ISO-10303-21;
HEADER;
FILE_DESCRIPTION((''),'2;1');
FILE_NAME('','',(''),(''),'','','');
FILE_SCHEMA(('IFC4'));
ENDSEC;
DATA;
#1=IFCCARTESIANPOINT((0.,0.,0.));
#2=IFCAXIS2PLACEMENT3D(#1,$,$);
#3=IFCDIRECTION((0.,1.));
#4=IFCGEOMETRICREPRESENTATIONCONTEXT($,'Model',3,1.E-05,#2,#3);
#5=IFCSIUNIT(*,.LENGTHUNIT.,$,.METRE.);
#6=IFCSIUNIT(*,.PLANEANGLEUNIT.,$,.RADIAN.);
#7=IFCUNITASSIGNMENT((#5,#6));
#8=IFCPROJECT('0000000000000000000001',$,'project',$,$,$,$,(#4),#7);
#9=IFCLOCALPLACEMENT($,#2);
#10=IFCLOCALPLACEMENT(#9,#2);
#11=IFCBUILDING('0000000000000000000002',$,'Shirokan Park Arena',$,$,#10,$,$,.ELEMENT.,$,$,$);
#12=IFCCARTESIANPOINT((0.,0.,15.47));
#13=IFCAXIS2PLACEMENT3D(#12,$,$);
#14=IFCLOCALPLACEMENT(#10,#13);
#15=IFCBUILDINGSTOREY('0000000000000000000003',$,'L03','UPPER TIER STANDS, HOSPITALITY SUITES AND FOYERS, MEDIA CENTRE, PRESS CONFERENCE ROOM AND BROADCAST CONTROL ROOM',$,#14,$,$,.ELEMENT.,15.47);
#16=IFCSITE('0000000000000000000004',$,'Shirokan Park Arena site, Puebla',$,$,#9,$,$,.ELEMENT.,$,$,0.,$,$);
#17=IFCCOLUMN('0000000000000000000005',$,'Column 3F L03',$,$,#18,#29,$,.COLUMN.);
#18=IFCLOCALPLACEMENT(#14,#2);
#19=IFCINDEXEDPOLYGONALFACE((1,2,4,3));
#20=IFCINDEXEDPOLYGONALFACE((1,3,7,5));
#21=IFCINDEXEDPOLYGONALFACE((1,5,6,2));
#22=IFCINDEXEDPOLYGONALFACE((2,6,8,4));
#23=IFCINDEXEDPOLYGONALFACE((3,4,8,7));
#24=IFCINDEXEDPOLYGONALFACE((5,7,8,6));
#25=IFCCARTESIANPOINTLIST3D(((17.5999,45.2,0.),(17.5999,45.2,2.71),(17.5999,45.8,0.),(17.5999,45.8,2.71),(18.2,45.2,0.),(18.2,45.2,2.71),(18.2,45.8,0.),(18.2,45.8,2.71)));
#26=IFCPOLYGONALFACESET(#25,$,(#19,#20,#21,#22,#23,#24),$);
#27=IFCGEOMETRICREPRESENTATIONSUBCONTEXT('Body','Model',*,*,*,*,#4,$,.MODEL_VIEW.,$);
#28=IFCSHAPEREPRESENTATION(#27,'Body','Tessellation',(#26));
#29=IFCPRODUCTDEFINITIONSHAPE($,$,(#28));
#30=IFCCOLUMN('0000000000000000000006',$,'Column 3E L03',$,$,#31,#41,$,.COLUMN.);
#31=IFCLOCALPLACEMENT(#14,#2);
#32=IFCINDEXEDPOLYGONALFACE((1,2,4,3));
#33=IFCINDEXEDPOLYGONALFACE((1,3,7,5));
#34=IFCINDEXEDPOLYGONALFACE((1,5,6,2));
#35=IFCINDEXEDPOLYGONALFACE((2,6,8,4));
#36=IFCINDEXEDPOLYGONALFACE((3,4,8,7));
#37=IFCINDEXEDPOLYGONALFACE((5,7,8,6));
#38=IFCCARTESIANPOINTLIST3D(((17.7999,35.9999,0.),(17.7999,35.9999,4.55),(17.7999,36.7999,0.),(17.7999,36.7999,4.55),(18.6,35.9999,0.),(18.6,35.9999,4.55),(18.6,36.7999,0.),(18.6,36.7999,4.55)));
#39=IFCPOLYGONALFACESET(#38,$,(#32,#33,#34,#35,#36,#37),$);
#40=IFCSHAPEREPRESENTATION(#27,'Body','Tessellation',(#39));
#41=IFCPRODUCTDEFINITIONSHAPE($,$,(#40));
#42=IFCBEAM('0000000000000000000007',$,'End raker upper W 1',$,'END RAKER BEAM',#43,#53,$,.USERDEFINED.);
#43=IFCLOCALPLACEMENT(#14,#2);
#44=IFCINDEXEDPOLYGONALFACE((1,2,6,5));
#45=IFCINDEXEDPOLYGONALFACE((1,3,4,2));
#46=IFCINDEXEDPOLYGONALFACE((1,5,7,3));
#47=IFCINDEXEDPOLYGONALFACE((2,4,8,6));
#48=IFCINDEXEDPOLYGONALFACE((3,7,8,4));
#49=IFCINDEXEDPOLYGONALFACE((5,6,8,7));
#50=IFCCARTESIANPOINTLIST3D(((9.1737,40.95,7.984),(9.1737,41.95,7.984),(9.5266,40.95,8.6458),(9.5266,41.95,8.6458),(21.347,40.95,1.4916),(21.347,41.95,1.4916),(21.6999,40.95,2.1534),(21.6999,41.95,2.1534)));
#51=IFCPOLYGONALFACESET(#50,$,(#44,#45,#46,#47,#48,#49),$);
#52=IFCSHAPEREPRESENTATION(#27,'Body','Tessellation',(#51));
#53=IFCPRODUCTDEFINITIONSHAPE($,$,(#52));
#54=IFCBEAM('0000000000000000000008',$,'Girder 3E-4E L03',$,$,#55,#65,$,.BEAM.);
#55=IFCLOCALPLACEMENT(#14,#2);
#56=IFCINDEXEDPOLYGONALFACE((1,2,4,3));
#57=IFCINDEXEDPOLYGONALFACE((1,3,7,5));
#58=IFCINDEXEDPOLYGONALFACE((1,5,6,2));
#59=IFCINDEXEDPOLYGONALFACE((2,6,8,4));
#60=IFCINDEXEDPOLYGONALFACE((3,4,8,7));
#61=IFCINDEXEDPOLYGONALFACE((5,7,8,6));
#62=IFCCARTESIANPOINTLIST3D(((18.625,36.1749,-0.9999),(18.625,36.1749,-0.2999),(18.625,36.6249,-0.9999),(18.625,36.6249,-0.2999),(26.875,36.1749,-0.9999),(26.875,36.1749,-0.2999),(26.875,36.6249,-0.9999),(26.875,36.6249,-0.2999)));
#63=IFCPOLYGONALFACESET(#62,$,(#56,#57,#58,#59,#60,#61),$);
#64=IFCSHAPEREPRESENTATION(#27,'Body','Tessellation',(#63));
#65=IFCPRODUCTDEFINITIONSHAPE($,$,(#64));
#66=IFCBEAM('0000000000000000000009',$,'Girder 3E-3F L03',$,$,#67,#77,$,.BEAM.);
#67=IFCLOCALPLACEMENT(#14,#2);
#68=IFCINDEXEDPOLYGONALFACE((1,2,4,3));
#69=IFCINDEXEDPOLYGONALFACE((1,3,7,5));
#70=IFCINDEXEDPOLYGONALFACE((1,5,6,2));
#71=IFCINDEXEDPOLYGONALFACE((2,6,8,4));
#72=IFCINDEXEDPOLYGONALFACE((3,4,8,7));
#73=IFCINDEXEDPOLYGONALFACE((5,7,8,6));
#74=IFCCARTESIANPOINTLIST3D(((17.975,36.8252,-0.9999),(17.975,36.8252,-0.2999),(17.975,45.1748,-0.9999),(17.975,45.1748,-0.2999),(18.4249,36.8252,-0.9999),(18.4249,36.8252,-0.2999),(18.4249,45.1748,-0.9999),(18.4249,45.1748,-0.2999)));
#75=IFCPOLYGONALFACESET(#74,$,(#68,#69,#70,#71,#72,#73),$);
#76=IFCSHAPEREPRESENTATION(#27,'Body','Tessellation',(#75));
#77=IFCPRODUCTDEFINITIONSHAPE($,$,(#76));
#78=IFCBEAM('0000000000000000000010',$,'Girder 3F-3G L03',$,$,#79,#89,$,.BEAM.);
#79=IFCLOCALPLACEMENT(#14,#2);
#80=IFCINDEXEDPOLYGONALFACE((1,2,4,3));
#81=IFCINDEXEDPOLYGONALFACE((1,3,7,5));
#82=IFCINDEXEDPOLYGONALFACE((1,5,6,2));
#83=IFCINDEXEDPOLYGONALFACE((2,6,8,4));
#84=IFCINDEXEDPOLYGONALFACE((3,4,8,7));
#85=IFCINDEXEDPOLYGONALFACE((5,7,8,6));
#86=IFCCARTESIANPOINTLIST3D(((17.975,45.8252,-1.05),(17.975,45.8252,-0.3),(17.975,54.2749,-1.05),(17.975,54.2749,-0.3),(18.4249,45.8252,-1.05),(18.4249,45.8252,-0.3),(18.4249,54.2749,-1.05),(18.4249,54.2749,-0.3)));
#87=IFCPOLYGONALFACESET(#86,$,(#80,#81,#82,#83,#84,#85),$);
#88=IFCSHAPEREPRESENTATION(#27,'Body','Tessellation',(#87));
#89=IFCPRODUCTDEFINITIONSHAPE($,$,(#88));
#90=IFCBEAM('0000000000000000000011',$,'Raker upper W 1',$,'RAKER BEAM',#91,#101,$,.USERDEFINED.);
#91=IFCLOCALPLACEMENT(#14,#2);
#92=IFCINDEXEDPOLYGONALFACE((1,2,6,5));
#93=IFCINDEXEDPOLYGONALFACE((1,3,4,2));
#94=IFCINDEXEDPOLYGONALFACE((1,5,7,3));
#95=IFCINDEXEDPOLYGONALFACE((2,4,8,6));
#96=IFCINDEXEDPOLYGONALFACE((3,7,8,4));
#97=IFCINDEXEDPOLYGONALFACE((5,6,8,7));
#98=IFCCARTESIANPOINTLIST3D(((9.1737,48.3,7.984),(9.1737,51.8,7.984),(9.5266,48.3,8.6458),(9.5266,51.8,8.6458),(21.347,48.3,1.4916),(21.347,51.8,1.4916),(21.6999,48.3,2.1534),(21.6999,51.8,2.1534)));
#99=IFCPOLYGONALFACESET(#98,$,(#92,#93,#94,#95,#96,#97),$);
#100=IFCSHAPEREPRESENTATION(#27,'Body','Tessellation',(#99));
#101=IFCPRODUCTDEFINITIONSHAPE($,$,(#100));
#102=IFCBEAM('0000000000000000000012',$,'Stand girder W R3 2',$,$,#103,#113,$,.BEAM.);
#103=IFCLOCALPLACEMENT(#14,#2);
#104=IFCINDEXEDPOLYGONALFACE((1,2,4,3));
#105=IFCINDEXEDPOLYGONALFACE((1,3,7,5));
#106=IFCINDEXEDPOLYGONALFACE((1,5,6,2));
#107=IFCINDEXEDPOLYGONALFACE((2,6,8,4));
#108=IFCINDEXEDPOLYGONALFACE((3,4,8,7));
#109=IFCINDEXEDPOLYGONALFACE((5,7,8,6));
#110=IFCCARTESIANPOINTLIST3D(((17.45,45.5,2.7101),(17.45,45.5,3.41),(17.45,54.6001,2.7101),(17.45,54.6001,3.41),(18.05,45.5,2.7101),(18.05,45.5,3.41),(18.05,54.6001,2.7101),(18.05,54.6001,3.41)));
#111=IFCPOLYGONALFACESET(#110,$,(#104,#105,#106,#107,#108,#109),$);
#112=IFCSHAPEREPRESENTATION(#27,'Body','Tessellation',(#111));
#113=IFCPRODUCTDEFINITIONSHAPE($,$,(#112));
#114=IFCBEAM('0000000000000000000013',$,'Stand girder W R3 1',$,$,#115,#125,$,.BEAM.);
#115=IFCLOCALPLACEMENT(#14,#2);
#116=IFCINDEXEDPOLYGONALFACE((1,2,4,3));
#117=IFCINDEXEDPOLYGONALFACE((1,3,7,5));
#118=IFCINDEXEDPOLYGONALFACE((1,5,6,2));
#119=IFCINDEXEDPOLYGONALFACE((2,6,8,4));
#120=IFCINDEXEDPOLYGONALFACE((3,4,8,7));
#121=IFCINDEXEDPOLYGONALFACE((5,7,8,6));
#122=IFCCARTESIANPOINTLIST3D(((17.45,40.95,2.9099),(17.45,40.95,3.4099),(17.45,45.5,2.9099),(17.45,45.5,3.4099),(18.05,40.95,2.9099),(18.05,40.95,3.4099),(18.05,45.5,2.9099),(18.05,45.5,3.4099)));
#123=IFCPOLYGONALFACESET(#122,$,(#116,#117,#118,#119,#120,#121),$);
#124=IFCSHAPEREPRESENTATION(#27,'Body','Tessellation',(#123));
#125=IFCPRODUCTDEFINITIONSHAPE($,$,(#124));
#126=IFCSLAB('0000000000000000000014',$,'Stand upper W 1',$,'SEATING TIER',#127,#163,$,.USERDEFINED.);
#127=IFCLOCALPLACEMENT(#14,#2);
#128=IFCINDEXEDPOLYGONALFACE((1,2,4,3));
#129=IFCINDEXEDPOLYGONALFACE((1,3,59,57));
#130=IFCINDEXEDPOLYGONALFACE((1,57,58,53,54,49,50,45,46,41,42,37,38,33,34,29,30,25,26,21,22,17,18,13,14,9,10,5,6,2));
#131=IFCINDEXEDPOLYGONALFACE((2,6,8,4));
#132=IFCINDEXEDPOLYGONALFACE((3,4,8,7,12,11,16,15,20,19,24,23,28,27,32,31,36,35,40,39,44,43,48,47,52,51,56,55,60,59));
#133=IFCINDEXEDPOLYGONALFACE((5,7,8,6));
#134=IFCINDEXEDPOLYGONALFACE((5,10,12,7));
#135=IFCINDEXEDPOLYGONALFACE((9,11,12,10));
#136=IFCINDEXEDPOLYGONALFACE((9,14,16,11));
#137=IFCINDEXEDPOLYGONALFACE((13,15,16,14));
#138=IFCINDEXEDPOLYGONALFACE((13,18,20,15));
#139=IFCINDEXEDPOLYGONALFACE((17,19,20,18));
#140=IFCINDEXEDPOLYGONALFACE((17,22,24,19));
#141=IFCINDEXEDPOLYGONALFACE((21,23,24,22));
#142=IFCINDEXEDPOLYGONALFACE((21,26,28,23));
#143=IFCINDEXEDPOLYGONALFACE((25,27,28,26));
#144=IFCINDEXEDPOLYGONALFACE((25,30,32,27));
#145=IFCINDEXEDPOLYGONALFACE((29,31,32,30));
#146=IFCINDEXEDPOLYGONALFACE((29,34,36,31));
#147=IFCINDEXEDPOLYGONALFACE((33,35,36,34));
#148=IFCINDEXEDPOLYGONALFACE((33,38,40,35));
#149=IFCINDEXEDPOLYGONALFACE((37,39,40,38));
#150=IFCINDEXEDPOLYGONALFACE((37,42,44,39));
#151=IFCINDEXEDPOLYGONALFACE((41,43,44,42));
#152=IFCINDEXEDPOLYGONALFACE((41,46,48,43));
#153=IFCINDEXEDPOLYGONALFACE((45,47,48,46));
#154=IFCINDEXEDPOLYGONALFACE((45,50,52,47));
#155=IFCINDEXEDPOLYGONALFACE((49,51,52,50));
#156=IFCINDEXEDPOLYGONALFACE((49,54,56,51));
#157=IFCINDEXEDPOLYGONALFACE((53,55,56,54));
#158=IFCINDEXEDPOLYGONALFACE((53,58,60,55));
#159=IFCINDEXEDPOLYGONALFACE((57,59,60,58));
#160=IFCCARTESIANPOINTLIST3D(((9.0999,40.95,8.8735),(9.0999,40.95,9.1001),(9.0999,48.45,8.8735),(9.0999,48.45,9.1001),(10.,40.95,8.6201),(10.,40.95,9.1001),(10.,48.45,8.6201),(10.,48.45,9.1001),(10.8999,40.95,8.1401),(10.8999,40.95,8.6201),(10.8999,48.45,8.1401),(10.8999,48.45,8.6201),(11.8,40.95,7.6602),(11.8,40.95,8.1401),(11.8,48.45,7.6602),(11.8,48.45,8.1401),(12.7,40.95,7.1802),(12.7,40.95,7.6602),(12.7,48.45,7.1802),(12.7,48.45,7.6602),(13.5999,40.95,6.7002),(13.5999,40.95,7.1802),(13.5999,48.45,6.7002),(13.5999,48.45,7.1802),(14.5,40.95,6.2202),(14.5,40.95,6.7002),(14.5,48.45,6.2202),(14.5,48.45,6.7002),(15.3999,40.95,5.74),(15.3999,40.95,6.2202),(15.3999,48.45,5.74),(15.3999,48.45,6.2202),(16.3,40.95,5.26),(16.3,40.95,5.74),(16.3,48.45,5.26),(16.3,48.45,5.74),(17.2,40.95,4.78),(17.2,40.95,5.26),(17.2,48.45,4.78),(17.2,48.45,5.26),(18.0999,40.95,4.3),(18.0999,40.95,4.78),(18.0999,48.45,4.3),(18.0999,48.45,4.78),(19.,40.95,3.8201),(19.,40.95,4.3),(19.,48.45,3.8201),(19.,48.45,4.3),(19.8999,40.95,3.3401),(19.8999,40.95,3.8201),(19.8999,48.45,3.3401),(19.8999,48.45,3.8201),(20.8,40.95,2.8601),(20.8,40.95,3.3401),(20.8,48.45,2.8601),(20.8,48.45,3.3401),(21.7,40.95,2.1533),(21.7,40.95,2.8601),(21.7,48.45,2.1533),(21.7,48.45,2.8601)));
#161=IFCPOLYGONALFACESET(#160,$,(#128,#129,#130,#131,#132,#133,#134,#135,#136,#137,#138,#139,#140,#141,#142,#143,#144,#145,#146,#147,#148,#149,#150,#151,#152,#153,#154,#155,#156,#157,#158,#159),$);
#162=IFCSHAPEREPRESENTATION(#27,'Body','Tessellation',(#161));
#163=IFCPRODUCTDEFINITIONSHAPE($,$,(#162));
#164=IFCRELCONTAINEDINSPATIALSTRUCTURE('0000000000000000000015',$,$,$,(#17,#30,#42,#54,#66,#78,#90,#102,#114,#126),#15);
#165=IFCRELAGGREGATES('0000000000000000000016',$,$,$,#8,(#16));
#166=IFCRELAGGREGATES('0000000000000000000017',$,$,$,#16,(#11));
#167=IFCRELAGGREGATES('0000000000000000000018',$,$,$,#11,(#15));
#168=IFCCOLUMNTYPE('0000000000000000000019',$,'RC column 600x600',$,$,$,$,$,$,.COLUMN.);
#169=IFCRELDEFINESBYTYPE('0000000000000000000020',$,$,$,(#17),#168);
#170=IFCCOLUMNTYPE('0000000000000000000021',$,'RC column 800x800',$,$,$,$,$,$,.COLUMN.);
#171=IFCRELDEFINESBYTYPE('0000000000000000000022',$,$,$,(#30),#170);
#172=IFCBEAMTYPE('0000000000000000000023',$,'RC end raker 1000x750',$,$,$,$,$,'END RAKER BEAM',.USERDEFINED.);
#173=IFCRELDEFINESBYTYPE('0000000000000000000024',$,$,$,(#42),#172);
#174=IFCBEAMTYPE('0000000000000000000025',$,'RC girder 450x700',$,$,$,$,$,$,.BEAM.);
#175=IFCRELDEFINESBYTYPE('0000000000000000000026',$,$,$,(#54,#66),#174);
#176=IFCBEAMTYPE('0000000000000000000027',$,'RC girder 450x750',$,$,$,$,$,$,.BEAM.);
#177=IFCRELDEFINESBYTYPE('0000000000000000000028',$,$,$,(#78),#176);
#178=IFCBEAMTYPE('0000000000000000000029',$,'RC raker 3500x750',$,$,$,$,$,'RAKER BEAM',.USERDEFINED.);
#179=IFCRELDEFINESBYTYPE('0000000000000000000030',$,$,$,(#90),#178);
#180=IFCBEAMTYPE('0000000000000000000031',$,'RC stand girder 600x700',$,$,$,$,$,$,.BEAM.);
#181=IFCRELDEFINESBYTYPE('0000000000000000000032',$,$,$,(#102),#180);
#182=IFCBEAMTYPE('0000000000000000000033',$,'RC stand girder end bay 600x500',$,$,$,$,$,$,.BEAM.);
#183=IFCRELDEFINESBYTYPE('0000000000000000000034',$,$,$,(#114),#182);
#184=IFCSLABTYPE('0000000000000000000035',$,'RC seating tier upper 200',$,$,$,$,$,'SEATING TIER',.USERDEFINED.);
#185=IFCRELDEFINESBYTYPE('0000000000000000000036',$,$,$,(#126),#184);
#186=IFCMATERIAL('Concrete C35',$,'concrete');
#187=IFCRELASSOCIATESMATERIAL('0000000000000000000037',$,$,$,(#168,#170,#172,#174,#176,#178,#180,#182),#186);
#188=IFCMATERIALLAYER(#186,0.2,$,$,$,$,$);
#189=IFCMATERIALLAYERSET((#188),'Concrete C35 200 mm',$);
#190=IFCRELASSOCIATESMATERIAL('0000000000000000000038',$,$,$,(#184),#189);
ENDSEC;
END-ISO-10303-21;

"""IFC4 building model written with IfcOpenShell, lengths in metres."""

from ifc_helpers import new_model, si_unit, direction, frame, origin, origin_2d, place, context, subcontext, project, spatial, polyline, rectangle, outline, extrude, material, layer, layer_set, material_profile, profile_set, type_object, element, save


model = new_model("IFC4")

# Units and contexts
model_context = context("Model", 3, precision=1e-05, world=origin(), true_north=direction((0.0, 1.0)))
body_context = subcontext(model_context, "Body", "Model", "MODEL_VIEW")
ifc_project = project(units=[si_unit("LENGTHUNIT", "METRE"), si_unit("PLANEANGLEUNIT", "RADIAN")], contexts=[model_context])

# Site, building, storey
site_placement = place(None, origin())
site = spatial("IfcSite", under=ifc_project, at=site_placement, Name="Shirokan Park Arena site, Puebla", CompositionType="ELEMENT", RefElevation=0.0)
building_placement = place(site_placement, origin())
building = spatial("IfcBuilding", under=site, at=building_placement, Name="Shirokan Park Arena", CompositionType="ELEMENT")
storey_placement = place(building_placement, frame((0.0, 0.0, 15.47)))
storey = spatial("IfcBuildingStorey", under=building, at=storey_placement, Name="L03", Description="UPPER TIER STANDS, HOSPITALITY SUITES AND FOYERS, MEDIA CENTRE, PRESS CONFERENCE ROOM AND BROADCAST CONTROL ROOM", CompositionType="ELEMENT", Elevation=15.47)

# Columns
ifc_material_1 = material(Name="Concrete C35", Category="concrete")
ifc_material_profile_1 = material_profile(ifc_material_1, rectangle(XDim=0.6001, YDim=0.6001, at=origin_2d()), Name="600x600")
ifc_profile_set_1 = profile_set([ifc_material_profile_1], Name="Concrete C35")
column_type_1 = type_object("IfcColumnType", Name="RC column 600x600", PredefinedType="COLUMN", material=ifc_profile_set_1)
column_1_placement = place(storey_placement, frame((17.8999, 45.5, 0.0), z_axis=(0.0, 0.0, 1.0), x_axis=(1.0, 0.0, 0.0)))
element("IfcColumn", 1, at=column_1_placement, inside=storey, type_object=column_type_1, Name="Column 3F L03", PredefinedType="COLUMN", context=body_context, shape_type="SweptSolid", body=[
    extrude(rectangle(XDim=0.6001, YDim=0.6001, at=origin_2d()), origin(), (0.0, 0.0, 1.0), 2.71),
])
ifc_material_profile_2 = material_profile(ifc_material_1, rectangle(XDim=0.8, YDim=0.8, at=origin_2d()), Name="800x800")
ifc_profile_set_2 = profile_set([ifc_material_profile_2], Name="Concrete C35")
column_type_2 = type_object("IfcColumnType", Name="RC column 800x800", PredefinedType="COLUMN", material=ifc_profile_set_2)
column_2_placement = place(storey_placement, frame((18.2, 36.3999, 0.0), z_axis=(0.0, 0.0, 1.0), x_axis=(1.0, 0.0, 0.0)))
element("IfcColumn", 2, at=column_2_placement, inside=storey, type_object=column_type_2, Name="Column 3E L03", PredefinedType="COLUMN", context=body_context, shape_type="SweptSolid", body=[
    extrude(rectangle(XDim=0.8, YDim=0.8, at=origin_2d()), origin(), (0.0, 0.0, 1.0), 4.55),
])

# Beams
ifc_material_profile_3 = material_profile(ifc_material_1, rectangle(XDim=1.0, YDim=0.75, at=origin_2d()), Name="1000x750")
ifc_profile_set_3 = profile_set([ifc_material_profile_3], Name="Concrete C35")
beam_type_1 = type_object("IfcBeamType", Name="RC end raker 1000x750", ElementType="END RAKER BEAM", PredefinedType="USERDEFINED", material=ifc_profile_set_3)
beam_1_placement = place(storey_placement, frame((21.5234, 41.45, 1.8225), z_axis=(-0.882353, 0.0, 0.470587), x_axis=(0.0, -1.0, 0.0)))
element("IfcBeam", 3, at=beam_1_placement, inside=storey, type_object=beam_type_1, Name="End raker upper W 1", ObjectType="END RAKER BEAM", PredefinedType="USERDEFINED", context=body_context, shape_type="SweptSolid", body=[
    extrude(rectangle(XDim=1.0, YDim=0.75, at=origin_2d()), origin(), (0.0, 0.0, 1.0), 13.7964),
])
ifc_material_profile_4 = material_profile(ifc_material_1, rectangle(XDim=0.45, YDim=0.7, at=origin_2d()), Name="450x700")
ifc_profile_set_4 = profile_set([ifc_material_profile_4], Name="Concrete C35")
beam_type_2 = type_object("IfcBeamType", Name="RC girder 450x700", PredefinedType="BEAM", material=ifc_profile_set_4)
beam_2_placement = place(storey_placement, frame((18.625, 36.3999, -0.6499), z_axis=(1.0, 0.0, 0.0), x_axis=(0.0, 1.0, 0.0)))
element("IfcBeam", 4, at=beam_2_placement, inside=storey, type_object=beam_type_2, Name="Girder 3E-4E L03", PredefinedType="BEAM", context=body_context, shape_type="SweptSolid", body=[
    extrude(rectangle(XDim=0.45, YDim=0.7, at=origin_2d()), origin(), (0.0, 0.0, 1.0), 8.25),
])
beam_3_placement = place(storey_placement, frame((18.2, 36.8252, -0.6499), z_axis=(0.0, 1.0, 0.0), x_axis=(-1.0, 0.0, 0.0)))
element("IfcBeam", 5, at=beam_3_placement, inside=storey, type_object=beam_type_2, Name="Girder 3E-3F L03", PredefinedType="BEAM", context=body_context, shape_type="SweptSolid", body=[
    extrude(rectangle(XDim=0.45, YDim=0.7, at=origin_2d()), origin(), (0.0, 0.0, 1.0), 8.3496),
])
ifc_material_profile_5 = material_profile(ifc_material_1, rectangle(XDim=0.45, YDim=0.75, at=origin_2d()), Name="450x750")
ifc_profile_set_5 = profile_set([ifc_material_profile_5], Name="Concrete C35")
beam_type_3 = type_object("IfcBeamType", Name="RC girder 450x750", PredefinedType="BEAM", material=ifc_profile_set_5)
beam_4_placement = place(storey_placement, frame((18.2, 45.8252, -0.675), z_axis=(0.0, 1.0, 0.0), x_axis=(-1.0, 0.0, 0.0)))
element("IfcBeam", 6, at=beam_4_placement, inside=storey, type_object=beam_type_3, Name="Girder 3F-3G L03", PredefinedType="BEAM", context=body_context, shape_type="SweptSolid", body=[
    extrude(rectangle(XDim=0.45, YDim=0.75, at=origin_2d()), origin(), (0.0, 0.0, 1.0), 8.4497),
])
ifc_material_profile_6 = material_profile(ifc_material_1, rectangle(XDim=3.5, YDim=0.75, at=origin_2d()), Name="3500x750")
ifc_profile_set_6 = profile_set([ifc_material_profile_6], Name="Concrete C35")
beam_type_4 = type_object("IfcBeamType", Name="RC raker 3500x750", ElementType="RAKER BEAM", PredefinedType="USERDEFINED", material=ifc_profile_set_6)
beam_5_placement = place(storey_placement, frame((21.5234, 50.05, 1.8225), z_axis=(-0.882353, 0.0, 0.470587), x_axis=(0.0, -1.0, 0.0)))
element("IfcBeam", 7, at=beam_5_placement, inside=storey, type_object=beam_type_4, Name="Raker upper W 1", ObjectType="RAKER BEAM", PredefinedType="USERDEFINED", context=body_context, shape_type="SweptSolid", body=[
    extrude(rectangle(XDim=3.5, YDim=0.75, at=origin_2d()), origin(), (0.0, 0.0, 1.0), 13.7964),
])
ifc_material_profile_7 = material_profile(ifc_material_1, rectangle(XDim=0.6001, YDim=0.7, at=origin_2d()), Name="600x700")
ifc_profile_set_7 = profile_set([ifc_material_profile_7], Name="Concrete C35")
beam_type_5 = type_object("IfcBeamType", Name="RC stand girder 600x700", PredefinedType="BEAM", material=ifc_profile_set_7)
beam_6_placement = place(storey_placement, frame((17.75, 45.5, 3.0601), z_axis=(0.0, 1.0, 0.0), x_axis=(-1.0, 0.0, 0.0)))
element("IfcBeam", 8, at=beam_6_placement, inside=storey, type_object=beam_type_5, Name="Stand girder W R3 2", PredefinedType="BEAM", context=body_context, shape_type="SweptSolid", body=[
    extrude(rectangle(XDim=0.6001, YDim=0.7, at=origin_2d()), origin(), (0.0, 0.0, 1.0), 9.1001),
])
ifc_material_profile_8 = material_profile(ifc_material_1, rectangle(XDim=0.6001, YDim=0.5, at=origin_2d()), Name="600x500")
ifc_profile_set_8 = profile_set([ifc_material_profile_8], Name="Concrete C35")
beam_type_6 = type_object("IfcBeamType", Name="RC stand girder end bay 600x500", PredefinedType="BEAM", material=ifc_profile_set_8)
beam_7_placement = place(storey_placement, frame((17.75, 40.95, 3.1599), z_axis=(0.0, 1.0, 0.0), x_axis=(-1.0, 0.0, 0.0)))
element("IfcBeam", 9, at=beam_7_placement, inside=storey, type_object=beam_type_6, Name="Stand girder W R3 1", PredefinedType="BEAM", context=body_context, shape_type="SweptSolid", body=[
    extrude(rectangle(XDim=0.6001, YDim=0.5, at=origin_2d()), origin(), (0.0, 0.0, 1.0), 4.55),
])

# Slab
ifc_layer_1 = layer(ifc_material_1, 0.2)
ifc_layer_set_1 = layer_set([ifc_layer_1], Name="Concrete C35 200 mm")
slab_type = type_object("IfcSlabType", Name="RC seating tier upper 200", ElementType="SEATING TIER", PredefinedType="USERDEFINED", material=ifc_layer_set_1)
slab_placement = place(storey_placement, frame((21.7, 44.7, 2.8601), z_axis=(0.0, 0.0, 1.0), x_axis=(-1.0, 0.0, 0.0)))
element("IfcSlab", 10, at=slab_placement, inside=storey, type_object=slab_type, Name="Stand upper W 1", ObjectType="SEATING TIER", PredefinedType="USERDEFINED", context=body_context, shape_type="SweptSolid", body=[
    extrude(outline(polyline([(0.0, 0.0), (0.8999, 0.0), (0.8999, 0.48), (1.8, 0.48), (1.8, 0.96), (2.7, 0.96), (2.7, 1.4399), (3.6001, 1.4399), (3.6001, 1.9199), (4.5, 1.9199), (4.5, 2.3999), (5.3999, 2.3999), (5.3999, 2.8799), (6.3, 2.8799), (6.3, 3.3601), (7.2, 3.3601), (7.2, 3.8401), (8.1001, 3.8401), (8.1001, 4.3201), (9.0, 4.3201), (9.0, 4.8), (9.8999, 4.8), (9.8999, 5.28), (10.8, 5.28), (10.8, 5.76), (11.7, 5.76), (11.7, 6.24), (12.6001, 6.24), (12.6001, 6.0134), (0.0, -0.7068), (0.0, 0.0)])), frame((0.0, 3.75, 0.0), z_axis=(0.0, -1.0, 0.0), x_axis=(1.0, 0.0, 0.0)), (0.0, 0.0, 1.0), 7.5),
])

save(model, "model.ifc")
